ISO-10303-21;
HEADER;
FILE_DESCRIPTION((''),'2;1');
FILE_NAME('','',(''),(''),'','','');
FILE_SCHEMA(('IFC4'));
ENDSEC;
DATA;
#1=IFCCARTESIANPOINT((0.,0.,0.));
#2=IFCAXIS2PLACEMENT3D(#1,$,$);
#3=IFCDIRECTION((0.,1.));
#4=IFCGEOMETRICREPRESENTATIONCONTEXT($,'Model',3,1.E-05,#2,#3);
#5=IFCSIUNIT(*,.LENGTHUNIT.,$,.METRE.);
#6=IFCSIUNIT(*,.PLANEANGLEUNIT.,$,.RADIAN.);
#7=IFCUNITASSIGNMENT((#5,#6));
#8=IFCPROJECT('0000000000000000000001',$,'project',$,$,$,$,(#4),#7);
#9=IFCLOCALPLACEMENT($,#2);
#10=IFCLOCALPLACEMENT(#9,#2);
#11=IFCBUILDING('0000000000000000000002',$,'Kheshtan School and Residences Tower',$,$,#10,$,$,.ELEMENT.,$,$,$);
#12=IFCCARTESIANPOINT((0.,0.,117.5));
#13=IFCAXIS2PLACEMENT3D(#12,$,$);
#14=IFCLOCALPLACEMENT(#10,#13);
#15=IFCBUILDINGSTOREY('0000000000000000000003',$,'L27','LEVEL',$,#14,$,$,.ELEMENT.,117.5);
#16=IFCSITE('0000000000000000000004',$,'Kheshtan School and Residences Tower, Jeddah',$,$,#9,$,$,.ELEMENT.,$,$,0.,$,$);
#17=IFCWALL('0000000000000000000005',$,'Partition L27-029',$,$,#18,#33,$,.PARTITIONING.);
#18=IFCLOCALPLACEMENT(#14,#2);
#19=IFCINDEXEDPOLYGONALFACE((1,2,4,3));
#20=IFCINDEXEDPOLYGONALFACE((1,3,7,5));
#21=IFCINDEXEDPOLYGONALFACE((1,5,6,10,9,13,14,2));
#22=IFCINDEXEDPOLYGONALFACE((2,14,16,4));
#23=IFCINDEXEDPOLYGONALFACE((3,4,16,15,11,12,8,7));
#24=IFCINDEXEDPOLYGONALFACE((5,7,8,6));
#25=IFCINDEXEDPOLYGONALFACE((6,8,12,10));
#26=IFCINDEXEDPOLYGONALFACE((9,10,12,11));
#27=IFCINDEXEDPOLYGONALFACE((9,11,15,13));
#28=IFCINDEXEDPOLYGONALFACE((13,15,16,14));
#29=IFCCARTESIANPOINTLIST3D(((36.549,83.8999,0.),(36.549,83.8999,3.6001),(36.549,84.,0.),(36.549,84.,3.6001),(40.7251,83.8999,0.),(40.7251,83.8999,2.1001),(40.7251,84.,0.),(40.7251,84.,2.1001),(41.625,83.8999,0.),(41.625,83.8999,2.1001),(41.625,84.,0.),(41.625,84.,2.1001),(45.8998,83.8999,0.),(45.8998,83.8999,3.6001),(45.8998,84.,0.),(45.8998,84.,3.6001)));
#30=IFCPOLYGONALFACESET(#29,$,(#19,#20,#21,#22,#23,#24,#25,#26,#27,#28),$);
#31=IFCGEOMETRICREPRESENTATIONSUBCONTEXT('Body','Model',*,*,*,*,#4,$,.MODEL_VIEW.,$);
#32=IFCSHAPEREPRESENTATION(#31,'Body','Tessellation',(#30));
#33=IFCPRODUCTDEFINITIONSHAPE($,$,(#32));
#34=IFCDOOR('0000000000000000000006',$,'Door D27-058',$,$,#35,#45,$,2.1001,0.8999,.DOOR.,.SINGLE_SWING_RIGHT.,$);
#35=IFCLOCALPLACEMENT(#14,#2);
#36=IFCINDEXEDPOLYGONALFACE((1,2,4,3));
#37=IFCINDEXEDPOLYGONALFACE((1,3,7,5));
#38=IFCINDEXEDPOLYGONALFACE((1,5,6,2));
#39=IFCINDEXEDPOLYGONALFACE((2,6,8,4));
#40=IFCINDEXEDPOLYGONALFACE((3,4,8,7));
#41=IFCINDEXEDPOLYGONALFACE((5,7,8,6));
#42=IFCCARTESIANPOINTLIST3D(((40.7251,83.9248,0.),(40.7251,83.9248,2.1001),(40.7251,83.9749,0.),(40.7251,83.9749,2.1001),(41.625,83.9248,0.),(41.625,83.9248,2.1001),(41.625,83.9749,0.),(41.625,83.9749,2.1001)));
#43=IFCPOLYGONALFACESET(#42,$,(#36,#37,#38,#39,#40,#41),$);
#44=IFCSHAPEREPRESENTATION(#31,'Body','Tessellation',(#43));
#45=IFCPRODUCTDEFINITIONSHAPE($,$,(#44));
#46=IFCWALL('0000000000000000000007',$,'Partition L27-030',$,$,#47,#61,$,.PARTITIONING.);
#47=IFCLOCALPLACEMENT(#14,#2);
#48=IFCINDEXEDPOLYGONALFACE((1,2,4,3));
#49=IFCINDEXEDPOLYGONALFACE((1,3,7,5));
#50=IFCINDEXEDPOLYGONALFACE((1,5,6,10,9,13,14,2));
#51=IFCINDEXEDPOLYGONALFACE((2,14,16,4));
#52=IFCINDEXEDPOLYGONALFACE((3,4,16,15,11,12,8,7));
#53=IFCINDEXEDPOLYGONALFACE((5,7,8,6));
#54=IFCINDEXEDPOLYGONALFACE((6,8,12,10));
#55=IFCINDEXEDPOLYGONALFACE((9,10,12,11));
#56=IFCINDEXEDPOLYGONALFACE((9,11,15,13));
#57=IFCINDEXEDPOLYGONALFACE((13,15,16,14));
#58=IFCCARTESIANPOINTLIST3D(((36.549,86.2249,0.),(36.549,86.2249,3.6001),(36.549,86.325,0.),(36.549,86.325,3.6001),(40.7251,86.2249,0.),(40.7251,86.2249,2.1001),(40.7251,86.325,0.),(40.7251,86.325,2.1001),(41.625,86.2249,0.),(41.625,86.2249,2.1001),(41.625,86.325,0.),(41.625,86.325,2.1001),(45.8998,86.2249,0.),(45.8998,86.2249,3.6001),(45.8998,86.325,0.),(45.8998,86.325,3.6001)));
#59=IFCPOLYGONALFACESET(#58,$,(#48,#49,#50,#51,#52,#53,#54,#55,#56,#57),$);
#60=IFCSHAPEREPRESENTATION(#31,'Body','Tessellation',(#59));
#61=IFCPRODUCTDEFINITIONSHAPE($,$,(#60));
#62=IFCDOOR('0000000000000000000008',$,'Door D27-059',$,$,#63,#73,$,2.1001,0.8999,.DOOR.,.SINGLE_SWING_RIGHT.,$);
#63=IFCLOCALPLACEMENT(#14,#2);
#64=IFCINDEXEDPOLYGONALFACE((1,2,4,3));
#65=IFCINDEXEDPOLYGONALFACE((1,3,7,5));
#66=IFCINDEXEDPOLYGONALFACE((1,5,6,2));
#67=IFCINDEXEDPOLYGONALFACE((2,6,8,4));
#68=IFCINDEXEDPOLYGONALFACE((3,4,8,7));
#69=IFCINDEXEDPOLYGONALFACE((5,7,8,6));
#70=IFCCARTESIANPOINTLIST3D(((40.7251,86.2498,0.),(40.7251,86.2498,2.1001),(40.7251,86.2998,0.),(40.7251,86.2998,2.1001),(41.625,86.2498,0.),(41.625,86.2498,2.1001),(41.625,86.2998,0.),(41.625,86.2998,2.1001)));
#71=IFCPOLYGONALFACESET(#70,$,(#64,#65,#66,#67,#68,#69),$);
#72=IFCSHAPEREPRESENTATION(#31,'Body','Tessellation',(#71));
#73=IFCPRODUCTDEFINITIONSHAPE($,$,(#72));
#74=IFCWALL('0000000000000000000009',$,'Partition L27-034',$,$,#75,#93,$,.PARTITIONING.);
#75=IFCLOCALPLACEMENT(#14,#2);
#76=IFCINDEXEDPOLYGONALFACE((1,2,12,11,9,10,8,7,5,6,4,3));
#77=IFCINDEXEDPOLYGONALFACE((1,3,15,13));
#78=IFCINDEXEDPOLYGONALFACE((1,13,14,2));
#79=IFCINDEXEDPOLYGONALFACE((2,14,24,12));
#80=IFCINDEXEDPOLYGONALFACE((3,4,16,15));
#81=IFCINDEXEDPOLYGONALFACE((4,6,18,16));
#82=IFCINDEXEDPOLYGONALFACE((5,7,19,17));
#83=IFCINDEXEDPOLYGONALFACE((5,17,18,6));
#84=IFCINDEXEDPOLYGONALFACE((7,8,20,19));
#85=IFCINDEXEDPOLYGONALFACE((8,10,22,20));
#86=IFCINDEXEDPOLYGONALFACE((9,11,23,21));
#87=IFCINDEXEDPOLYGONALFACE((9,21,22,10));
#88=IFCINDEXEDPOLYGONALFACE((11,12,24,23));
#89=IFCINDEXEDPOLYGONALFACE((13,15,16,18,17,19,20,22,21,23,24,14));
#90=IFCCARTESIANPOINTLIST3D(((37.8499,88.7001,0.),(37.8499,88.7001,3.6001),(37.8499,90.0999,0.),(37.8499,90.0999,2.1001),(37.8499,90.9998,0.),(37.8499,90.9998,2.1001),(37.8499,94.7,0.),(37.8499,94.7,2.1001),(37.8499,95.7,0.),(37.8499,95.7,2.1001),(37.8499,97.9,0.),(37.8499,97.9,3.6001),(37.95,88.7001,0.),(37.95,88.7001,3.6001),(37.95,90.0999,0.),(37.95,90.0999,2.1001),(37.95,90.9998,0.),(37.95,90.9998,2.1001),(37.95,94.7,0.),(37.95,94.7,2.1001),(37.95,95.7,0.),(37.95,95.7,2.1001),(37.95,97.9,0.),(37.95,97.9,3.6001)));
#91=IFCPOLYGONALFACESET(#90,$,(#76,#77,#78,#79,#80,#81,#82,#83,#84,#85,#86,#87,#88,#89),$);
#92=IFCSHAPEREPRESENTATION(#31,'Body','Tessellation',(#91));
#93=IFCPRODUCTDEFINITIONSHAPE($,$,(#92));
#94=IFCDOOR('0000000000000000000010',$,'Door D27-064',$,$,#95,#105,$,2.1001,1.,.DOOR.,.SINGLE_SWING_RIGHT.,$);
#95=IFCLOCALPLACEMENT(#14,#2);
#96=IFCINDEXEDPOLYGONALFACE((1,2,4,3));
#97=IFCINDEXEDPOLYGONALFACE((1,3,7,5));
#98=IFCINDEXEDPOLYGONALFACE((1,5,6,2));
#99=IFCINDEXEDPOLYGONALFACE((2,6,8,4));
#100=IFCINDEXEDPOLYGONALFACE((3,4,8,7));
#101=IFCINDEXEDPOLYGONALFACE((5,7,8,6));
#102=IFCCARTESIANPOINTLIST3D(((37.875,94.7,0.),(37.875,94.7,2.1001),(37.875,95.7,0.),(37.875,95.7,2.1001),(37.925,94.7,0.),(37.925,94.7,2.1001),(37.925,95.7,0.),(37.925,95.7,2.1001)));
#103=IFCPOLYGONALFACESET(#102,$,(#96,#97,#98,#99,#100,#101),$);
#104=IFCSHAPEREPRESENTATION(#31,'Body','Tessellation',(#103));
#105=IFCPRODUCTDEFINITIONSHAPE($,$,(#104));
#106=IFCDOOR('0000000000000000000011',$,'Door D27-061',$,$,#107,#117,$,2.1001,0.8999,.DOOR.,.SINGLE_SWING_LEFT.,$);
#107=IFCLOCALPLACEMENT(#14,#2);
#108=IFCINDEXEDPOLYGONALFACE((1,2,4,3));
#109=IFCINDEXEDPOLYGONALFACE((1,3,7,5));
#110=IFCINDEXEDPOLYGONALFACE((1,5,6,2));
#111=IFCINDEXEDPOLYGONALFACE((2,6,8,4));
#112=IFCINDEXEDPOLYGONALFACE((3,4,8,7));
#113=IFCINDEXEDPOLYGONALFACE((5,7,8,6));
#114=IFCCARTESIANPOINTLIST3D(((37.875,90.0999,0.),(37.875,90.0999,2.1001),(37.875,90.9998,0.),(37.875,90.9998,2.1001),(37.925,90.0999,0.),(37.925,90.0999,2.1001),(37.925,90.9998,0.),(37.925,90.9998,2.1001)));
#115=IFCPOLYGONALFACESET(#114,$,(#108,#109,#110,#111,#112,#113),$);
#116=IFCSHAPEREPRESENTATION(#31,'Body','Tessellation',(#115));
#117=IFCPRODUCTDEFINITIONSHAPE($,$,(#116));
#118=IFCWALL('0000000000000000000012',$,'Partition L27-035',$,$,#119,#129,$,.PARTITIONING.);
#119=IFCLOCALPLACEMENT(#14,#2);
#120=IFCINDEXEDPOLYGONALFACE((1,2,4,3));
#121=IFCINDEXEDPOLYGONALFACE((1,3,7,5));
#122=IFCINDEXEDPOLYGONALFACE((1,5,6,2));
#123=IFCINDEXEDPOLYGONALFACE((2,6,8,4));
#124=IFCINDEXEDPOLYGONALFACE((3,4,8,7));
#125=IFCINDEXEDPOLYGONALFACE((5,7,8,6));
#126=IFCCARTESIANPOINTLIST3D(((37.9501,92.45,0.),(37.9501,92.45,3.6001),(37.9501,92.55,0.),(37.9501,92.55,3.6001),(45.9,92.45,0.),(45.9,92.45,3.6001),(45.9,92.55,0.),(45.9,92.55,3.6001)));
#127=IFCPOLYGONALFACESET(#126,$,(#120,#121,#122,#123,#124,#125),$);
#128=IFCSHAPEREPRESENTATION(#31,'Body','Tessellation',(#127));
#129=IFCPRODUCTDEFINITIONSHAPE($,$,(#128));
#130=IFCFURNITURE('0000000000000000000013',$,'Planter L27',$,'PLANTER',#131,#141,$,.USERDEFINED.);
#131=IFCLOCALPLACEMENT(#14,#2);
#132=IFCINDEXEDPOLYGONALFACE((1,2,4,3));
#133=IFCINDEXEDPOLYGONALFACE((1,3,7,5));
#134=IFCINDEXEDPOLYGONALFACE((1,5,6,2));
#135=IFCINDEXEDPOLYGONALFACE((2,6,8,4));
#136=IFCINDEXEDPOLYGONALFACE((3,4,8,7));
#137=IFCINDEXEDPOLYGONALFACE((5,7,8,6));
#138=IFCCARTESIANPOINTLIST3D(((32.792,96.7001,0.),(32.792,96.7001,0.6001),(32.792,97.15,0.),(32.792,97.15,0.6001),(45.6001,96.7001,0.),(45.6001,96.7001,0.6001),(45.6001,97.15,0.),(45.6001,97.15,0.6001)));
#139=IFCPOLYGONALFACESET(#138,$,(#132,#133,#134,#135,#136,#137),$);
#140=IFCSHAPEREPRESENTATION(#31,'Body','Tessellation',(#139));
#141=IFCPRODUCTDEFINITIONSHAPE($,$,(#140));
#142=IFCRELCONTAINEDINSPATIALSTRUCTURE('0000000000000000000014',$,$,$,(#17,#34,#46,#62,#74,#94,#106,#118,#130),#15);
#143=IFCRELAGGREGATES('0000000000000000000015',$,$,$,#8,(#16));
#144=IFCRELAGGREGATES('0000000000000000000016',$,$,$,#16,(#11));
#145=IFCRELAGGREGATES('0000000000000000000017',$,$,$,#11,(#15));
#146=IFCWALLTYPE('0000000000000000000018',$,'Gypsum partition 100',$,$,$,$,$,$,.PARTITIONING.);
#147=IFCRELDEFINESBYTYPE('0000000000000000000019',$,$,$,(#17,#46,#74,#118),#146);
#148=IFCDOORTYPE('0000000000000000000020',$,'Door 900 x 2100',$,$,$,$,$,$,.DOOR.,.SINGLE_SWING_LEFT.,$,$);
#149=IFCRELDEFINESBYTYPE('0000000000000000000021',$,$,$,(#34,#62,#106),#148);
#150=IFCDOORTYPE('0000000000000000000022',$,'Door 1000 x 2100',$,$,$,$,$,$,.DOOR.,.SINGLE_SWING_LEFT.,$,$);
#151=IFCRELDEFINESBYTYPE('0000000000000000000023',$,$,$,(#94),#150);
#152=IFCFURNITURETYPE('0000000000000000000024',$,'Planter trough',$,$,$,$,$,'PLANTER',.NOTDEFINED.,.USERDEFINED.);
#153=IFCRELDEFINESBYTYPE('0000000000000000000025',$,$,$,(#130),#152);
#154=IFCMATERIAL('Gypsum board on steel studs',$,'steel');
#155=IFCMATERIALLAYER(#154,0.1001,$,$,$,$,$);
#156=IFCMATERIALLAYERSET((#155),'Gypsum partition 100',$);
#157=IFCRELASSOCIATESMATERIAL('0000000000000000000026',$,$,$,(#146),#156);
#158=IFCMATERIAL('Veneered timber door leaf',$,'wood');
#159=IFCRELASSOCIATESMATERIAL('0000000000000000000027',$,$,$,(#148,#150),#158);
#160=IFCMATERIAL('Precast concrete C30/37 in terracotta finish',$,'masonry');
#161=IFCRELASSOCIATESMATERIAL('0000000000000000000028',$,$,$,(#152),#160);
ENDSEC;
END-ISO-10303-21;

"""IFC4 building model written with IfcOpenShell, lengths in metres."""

from ifc_helpers import new_model, si_unit, direction, frame, frame_2d, origin, origin_2d, place, context, subcontext, project, spatial, rectangle, extrude, source, transform, mapped, material, layer, layer_set, type_object, element, fill, save


model = new_model("IFC4")

# Units and contexts
model_context = context("Model", 3, precision=1e-05, world=origin(), true_north=direction((0.0, 1.0)))
body_context = subcontext(model_context, "Body", "Model", "MODEL_VIEW")
ifc_project = project(units=[si_unit("LENGTHUNIT", "METRE"), si_unit("PLANEANGLEUNIT", "RADIAN")], contexts=[model_context])

# Site, building, storey
site_placement = place(None, origin())
site = spatial("IfcSite", under=ifc_project, at=site_placement, Name="Kheshtan School and Residences Tower, Jeddah", CompositionType="ELEMENT", RefElevation=0.0)
building_placement = place(site_placement, origin())
building = spatial("IfcBuilding", under=site, at=building_placement, Name="Kheshtan School and Residences Tower", CompositionType="ELEMENT")
storey_placement = place(building_placement, frame((0.0, 0.0, 117.5)))
storey = spatial("IfcBuildingStorey", under=building, at=storey_placement, Name="L27", Description="LEVEL", CompositionType="ELEMENT", Elevation=117.5)

# Walls, openings, doors
ifc_material_1 = material(Name="Gypsum board on steel studs", Category="steel")
ifc_layer_1 = layer(ifc_material_1, 0.1001)
ifc_layer_set_1 = layer_set([ifc_layer_1], Name="Gypsum partition 100")
wall_type_1 = type_object("IfcWallType", Name="Gypsum partition 100", PredefinedType="PARTITIONING", material=ifc_layer_set_1)
wall_1_placement = place(storey_placement, frame((36.5491, 83.95, 0.0), z_axis=(0.0, 0.0, 1.0), x_axis=(1.0, 0.0, 0.0)))
wall_1 = element("IfcWall", 1, at=wall_1_placement, inside=storey, type_object=wall_type_1, Name="Partition L27-029", PredefinedType="PARTITIONING", context=body_context, shape_type="SweptSolid", body=[
    extrude(rectangle(XDim=9.3508, YDim=0.1001, at=frame_2d((4.6753, 0.0))), origin(), (0.0, 0.0, 1.0), 3.6001),
])
opening_1_placement = place(wall_1_placement, frame((4.176, 0.0, 0.0)))
opening_1 = element("IfcOpeningElement", 2, at=opening_1_placement, cuts=wall_1, PredefinedType="OPENING", context=body_context, shape_type="SweptSolid", body=[
    extrude(rectangle(XDim=0.8999, YDim=2.1001, at=frame_2d((0.45, 1.05))), frame((0.0, 0.0601, 0.0), z_axis=(0.0, -1.0, 0.0), x_axis=(1.0, 0.0, 0.0)), (0.0, 0.0, 1.0), 0.1201),
])
ifc_material_2 = material(Name="Veneered timber door leaf", Category="wood")
door_type_1 = type_object("IfcDoorType", Name="Door 900 x 2100", OperationType="SINGLE_SWING_LEFT", PredefinedType="DOOR", material=ifc_material_2)
shared_shape_1 = source(origin(), body_context, "Body", "SweptSolid", [
    extrude(rectangle(XDim=0.8999, YDim=2.1001, at=frame_2d((0.45, 1.05))), frame((0.0, 0.0249, 0.0), z_axis=(0.0, -1.0, 0.0), x_axis=(1.0, 0.0, 0.0)), (0.0, 0.0, 1.0), 0.05),
])
door_1_placement = place(opening_1_placement, origin())
door_1 = element("IfcDoor", 3, at=door_1_placement, inside=storey, type_object=door_type_1, Name="Door D27-058", OperationType="SINGLE_SWING_RIGHT", OverallHeight=2.1001, OverallWidth=0.8999, PredefinedType="DOOR", context=body_context, shape_type="MappedRepresentation", body=[
    mapped(shared_shape_1, transform((0.0, 0.0, 0.0), x_axis=(1.0, 0.0, 0.0), y_axis=(0.0, 1.0, 0.0), z_axis=(0.0, 0.0, 1.0), scale=1.0)),
])
fill(opening_1, door_1)
wall_2_placement = place(storey_placement, frame((36.5491, 86.2749, 0.0), z_axis=(0.0, 0.0, 1.0), x_axis=(1.0, 0.0, 0.0)))
wall_2 = element("IfcWall", 4, at=wall_2_placement, inside=storey, type_object=wall_type_1, Name="Partition L27-030", PredefinedType="PARTITIONING", context=body_context, shape_type="SweptSolid", body=[
    extrude(rectangle(XDim=9.3508, YDim=0.1001, at=frame_2d((4.6753, 0.0))), origin(), (0.0, 0.0, 1.0), 3.6001),
])
opening_2_placement = place(wall_2_placement, frame((4.176, 0.0, 0.0)))
opening_2 = element("IfcOpeningElement", 5, at=opening_2_placement, cuts=wall_2, PredefinedType="OPENING", context=body_context, shape_type="SweptSolid", body=[
    extrude(rectangle(XDim=0.8999, YDim=2.1001, at=frame_2d((0.45, 1.05))), frame((0.0, 0.0601, 0.0), z_axis=(0.0, -1.0, 0.0), x_axis=(1.0, 0.0, 0.0)), (0.0, 0.0, 1.0), 0.1201),
])
door_2_placement = place(opening_2_placement, origin())
door_2 = element("IfcDoor", 6, at=door_2_placement, inside=storey, type_object=door_type_1, Name="Door D27-059", OperationType="SINGLE_SWING_RIGHT", OverallHeight=2.1001, OverallWidth=0.8999, PredefinedType="DOOR", context=body_context, shape_type="MappedRepresentation", body=[
    mapped(shared_shape_1, transform((0.0, 0.0, 0.0), x_axis=(1.0, 0.0, 0.0), y_axis=(0.0, 1.0, 0.0), z_axis=(0.0, 0.0, 1.0), scale=1.0)),
])
fill(opening_2, door_2)

# Wall, openings, doors
wall_3_placement = place(storey_placement, frame((37.8999, 88.7, 0.0), z_axis=(0.0, 0.0, 1.0), x_axis=(0.0, 1.0, 0.0)))
wall_3 = element("IfcWall", 7, at=wall_3_placement, inside=storey, type_object=wall_type_1, Name="Partition L27-034", PredefinedType="PARTITIONING", context=body_context, shape_type="SweptSolid", body=[
    extrude(rectangle(XDim=9.2, YDim=0.1001, at=frame_2d((4.6001, 0.0))), origin(), (0.0, 0.0, 1.0), 3.6001),
])
opening_3_placement = place(wall_3_placement, frame((1.3999, 0.0, 0.0)))
opening_3 = element("IfcOpeningElement", 8, at=opening_3_placement, cuts=wall_3, PredefinedType="OPENING", context=body_context, shape_type="SweptSolid", body=[
    extrude(rectangle(XDim=0.8999, YDim=2.1001, at=frame_2d((0.45, 1.05))), frame((0.0, 0.0601, 0.0), z_axis=(0.0, -1.0, 0.0), x_axis=(1.0, 0.0, 0.0)), (0.0, 0.0, 1.0), 0.1201),
])
opening_4_placement = place(wall_3_placement, frame((6.0, 0.0, 0.0)))
opening_4 = element("IfcOpeningElement", 9, at=opening_4_placement, cuts=wall_3, PredefinedType="OPENING", context=body_context, shape_type="SweptSolid", body=[
    extrude(rectangle(XDim=1.0, YDim=2.1001, at=frame_2d((0.5, 1.05))), frame((0.0, 0.0601, 0.0), z_axis=(0.0, -1.0, 0.0), x_axis=(1.0, 0.0, 0.0)), (0.0, 0.0, 1.0), 0.1201),
])
door_type_2 = type_object("IfcDoorType", Name="Door 1000 x 2100", OperationType="SINGLE_SWING_LEFT", PredefinedType="DOOR", material=ifc_material_2)
shared_shape_2 = source(origin(), body_context, "Body", "SweptSolid", [
    extrude(rectangle(XDim=1.0, YDim=2.1001, at=frame_2d((0.5, 1.05))), frame((0.0, 0.0249, 0.0), z_axis=(0.0, -1.0, 0.0), x_axis=(1.0, 0.0, 0.0)), (0.0, 0.0, 1.0), 0.05),
])
door_3_placement = place(opening_4_placement, origin())
door_3 = element("IfcDoor", 10, at=door_3_placement, inside=storey, type_object=door_type_2, Name="Door D27-064", OperationType="SINGLE_SWING_RIGHT", OverallHeight=2.1001, OverallWidth=1.0, PredefinedType="DOOR", context=body_context, shape_type="MappedRepresentation", body=[
    mapped(shared_shape_2, transform((0.0, 0.0, 0.0), x_axis=(1.0, 0.0, 0.0), y_axis=(0.0, 1.0, 0.0), z_axis=(0.0, 0.0, 1.0), scale=1.0)),
])
fill(opening_4, door_3)
door_4_placement = place(opening_3_placement, origin())
door_4 = element("IfcDoor", 11, at=door_4_placement, inside=storey, type_object=door_type_1, Name="Door D27-061", OperationType="SINGLE_SWING_LEFT", OverallHeight=2.1001, OverallWidth=0.8999, PredefinedType="DOOR", context=body_context, shape_type="MappedRepresentation", body=[
    mapped(shared_shape_1, transform((0.0, 0.0, 0.0), x_axis=(1.0, 0.0, 0.0), y_axis=(0.0, 1.0, 0.0), z_axis=(0.0, 0.0, 1.0), scale=1.0)),
])
fill(opening_3, door_4)

# Wall
wall_4_placement = place(storey_placement, frame((37.95, 92.5, 0.0), z_axis=(0.0, 0.0, 1.0), x_axis=(1.0, 0.0, 0.0)))
element("IfcWall", 12, at=wall_4_placement, inside=storey, type_object=wall_type_1, Name="Partition L27-035", PredefinedType="PARTITIONING", context=body_context, shape_type="SweptSolid", body=[
    extrude(rectangle(XDim=7.95, YDim=0.1001, at=frame_2d((3.9751, 0.0))), origin(), (0.0, 0.0, 1.0), 3.6001),
])

# Furniture
ifc_material_3 = material(Name="Precast concrete C30/37 in terracotta finish", Category="masonry")
furniture_type = type_object("IfcFurnitureType", Name="Planter trough", ElementType="PLANTER", AssemblyPlace="NOTDEFINED", PredefinedType="USERDEFINED", material=ifc_material_3)
furniture_placement = place(storey_placement, frame((39.196, 96.925, 0.0), z_axis=(0.0, 0.0, 1.0), x_axis=(1.0, 0.0, 0.0)))
element("IfcFurniture", 13, at=furniture_placement, inside=storey, type_object=furniture_type, Name="Planter L27", ObjectType="PLANTER", PredefinedType="USERDEFINED", context=body_context, shape_type="SweptSolid", body=[
    extrude(rectangle(XDim=12.8081, YDim=0.45, at=origin_2d()), origin(), (0.0, 0.0, 1.0), 0.6001),
])

save(model, "model.ifc")
